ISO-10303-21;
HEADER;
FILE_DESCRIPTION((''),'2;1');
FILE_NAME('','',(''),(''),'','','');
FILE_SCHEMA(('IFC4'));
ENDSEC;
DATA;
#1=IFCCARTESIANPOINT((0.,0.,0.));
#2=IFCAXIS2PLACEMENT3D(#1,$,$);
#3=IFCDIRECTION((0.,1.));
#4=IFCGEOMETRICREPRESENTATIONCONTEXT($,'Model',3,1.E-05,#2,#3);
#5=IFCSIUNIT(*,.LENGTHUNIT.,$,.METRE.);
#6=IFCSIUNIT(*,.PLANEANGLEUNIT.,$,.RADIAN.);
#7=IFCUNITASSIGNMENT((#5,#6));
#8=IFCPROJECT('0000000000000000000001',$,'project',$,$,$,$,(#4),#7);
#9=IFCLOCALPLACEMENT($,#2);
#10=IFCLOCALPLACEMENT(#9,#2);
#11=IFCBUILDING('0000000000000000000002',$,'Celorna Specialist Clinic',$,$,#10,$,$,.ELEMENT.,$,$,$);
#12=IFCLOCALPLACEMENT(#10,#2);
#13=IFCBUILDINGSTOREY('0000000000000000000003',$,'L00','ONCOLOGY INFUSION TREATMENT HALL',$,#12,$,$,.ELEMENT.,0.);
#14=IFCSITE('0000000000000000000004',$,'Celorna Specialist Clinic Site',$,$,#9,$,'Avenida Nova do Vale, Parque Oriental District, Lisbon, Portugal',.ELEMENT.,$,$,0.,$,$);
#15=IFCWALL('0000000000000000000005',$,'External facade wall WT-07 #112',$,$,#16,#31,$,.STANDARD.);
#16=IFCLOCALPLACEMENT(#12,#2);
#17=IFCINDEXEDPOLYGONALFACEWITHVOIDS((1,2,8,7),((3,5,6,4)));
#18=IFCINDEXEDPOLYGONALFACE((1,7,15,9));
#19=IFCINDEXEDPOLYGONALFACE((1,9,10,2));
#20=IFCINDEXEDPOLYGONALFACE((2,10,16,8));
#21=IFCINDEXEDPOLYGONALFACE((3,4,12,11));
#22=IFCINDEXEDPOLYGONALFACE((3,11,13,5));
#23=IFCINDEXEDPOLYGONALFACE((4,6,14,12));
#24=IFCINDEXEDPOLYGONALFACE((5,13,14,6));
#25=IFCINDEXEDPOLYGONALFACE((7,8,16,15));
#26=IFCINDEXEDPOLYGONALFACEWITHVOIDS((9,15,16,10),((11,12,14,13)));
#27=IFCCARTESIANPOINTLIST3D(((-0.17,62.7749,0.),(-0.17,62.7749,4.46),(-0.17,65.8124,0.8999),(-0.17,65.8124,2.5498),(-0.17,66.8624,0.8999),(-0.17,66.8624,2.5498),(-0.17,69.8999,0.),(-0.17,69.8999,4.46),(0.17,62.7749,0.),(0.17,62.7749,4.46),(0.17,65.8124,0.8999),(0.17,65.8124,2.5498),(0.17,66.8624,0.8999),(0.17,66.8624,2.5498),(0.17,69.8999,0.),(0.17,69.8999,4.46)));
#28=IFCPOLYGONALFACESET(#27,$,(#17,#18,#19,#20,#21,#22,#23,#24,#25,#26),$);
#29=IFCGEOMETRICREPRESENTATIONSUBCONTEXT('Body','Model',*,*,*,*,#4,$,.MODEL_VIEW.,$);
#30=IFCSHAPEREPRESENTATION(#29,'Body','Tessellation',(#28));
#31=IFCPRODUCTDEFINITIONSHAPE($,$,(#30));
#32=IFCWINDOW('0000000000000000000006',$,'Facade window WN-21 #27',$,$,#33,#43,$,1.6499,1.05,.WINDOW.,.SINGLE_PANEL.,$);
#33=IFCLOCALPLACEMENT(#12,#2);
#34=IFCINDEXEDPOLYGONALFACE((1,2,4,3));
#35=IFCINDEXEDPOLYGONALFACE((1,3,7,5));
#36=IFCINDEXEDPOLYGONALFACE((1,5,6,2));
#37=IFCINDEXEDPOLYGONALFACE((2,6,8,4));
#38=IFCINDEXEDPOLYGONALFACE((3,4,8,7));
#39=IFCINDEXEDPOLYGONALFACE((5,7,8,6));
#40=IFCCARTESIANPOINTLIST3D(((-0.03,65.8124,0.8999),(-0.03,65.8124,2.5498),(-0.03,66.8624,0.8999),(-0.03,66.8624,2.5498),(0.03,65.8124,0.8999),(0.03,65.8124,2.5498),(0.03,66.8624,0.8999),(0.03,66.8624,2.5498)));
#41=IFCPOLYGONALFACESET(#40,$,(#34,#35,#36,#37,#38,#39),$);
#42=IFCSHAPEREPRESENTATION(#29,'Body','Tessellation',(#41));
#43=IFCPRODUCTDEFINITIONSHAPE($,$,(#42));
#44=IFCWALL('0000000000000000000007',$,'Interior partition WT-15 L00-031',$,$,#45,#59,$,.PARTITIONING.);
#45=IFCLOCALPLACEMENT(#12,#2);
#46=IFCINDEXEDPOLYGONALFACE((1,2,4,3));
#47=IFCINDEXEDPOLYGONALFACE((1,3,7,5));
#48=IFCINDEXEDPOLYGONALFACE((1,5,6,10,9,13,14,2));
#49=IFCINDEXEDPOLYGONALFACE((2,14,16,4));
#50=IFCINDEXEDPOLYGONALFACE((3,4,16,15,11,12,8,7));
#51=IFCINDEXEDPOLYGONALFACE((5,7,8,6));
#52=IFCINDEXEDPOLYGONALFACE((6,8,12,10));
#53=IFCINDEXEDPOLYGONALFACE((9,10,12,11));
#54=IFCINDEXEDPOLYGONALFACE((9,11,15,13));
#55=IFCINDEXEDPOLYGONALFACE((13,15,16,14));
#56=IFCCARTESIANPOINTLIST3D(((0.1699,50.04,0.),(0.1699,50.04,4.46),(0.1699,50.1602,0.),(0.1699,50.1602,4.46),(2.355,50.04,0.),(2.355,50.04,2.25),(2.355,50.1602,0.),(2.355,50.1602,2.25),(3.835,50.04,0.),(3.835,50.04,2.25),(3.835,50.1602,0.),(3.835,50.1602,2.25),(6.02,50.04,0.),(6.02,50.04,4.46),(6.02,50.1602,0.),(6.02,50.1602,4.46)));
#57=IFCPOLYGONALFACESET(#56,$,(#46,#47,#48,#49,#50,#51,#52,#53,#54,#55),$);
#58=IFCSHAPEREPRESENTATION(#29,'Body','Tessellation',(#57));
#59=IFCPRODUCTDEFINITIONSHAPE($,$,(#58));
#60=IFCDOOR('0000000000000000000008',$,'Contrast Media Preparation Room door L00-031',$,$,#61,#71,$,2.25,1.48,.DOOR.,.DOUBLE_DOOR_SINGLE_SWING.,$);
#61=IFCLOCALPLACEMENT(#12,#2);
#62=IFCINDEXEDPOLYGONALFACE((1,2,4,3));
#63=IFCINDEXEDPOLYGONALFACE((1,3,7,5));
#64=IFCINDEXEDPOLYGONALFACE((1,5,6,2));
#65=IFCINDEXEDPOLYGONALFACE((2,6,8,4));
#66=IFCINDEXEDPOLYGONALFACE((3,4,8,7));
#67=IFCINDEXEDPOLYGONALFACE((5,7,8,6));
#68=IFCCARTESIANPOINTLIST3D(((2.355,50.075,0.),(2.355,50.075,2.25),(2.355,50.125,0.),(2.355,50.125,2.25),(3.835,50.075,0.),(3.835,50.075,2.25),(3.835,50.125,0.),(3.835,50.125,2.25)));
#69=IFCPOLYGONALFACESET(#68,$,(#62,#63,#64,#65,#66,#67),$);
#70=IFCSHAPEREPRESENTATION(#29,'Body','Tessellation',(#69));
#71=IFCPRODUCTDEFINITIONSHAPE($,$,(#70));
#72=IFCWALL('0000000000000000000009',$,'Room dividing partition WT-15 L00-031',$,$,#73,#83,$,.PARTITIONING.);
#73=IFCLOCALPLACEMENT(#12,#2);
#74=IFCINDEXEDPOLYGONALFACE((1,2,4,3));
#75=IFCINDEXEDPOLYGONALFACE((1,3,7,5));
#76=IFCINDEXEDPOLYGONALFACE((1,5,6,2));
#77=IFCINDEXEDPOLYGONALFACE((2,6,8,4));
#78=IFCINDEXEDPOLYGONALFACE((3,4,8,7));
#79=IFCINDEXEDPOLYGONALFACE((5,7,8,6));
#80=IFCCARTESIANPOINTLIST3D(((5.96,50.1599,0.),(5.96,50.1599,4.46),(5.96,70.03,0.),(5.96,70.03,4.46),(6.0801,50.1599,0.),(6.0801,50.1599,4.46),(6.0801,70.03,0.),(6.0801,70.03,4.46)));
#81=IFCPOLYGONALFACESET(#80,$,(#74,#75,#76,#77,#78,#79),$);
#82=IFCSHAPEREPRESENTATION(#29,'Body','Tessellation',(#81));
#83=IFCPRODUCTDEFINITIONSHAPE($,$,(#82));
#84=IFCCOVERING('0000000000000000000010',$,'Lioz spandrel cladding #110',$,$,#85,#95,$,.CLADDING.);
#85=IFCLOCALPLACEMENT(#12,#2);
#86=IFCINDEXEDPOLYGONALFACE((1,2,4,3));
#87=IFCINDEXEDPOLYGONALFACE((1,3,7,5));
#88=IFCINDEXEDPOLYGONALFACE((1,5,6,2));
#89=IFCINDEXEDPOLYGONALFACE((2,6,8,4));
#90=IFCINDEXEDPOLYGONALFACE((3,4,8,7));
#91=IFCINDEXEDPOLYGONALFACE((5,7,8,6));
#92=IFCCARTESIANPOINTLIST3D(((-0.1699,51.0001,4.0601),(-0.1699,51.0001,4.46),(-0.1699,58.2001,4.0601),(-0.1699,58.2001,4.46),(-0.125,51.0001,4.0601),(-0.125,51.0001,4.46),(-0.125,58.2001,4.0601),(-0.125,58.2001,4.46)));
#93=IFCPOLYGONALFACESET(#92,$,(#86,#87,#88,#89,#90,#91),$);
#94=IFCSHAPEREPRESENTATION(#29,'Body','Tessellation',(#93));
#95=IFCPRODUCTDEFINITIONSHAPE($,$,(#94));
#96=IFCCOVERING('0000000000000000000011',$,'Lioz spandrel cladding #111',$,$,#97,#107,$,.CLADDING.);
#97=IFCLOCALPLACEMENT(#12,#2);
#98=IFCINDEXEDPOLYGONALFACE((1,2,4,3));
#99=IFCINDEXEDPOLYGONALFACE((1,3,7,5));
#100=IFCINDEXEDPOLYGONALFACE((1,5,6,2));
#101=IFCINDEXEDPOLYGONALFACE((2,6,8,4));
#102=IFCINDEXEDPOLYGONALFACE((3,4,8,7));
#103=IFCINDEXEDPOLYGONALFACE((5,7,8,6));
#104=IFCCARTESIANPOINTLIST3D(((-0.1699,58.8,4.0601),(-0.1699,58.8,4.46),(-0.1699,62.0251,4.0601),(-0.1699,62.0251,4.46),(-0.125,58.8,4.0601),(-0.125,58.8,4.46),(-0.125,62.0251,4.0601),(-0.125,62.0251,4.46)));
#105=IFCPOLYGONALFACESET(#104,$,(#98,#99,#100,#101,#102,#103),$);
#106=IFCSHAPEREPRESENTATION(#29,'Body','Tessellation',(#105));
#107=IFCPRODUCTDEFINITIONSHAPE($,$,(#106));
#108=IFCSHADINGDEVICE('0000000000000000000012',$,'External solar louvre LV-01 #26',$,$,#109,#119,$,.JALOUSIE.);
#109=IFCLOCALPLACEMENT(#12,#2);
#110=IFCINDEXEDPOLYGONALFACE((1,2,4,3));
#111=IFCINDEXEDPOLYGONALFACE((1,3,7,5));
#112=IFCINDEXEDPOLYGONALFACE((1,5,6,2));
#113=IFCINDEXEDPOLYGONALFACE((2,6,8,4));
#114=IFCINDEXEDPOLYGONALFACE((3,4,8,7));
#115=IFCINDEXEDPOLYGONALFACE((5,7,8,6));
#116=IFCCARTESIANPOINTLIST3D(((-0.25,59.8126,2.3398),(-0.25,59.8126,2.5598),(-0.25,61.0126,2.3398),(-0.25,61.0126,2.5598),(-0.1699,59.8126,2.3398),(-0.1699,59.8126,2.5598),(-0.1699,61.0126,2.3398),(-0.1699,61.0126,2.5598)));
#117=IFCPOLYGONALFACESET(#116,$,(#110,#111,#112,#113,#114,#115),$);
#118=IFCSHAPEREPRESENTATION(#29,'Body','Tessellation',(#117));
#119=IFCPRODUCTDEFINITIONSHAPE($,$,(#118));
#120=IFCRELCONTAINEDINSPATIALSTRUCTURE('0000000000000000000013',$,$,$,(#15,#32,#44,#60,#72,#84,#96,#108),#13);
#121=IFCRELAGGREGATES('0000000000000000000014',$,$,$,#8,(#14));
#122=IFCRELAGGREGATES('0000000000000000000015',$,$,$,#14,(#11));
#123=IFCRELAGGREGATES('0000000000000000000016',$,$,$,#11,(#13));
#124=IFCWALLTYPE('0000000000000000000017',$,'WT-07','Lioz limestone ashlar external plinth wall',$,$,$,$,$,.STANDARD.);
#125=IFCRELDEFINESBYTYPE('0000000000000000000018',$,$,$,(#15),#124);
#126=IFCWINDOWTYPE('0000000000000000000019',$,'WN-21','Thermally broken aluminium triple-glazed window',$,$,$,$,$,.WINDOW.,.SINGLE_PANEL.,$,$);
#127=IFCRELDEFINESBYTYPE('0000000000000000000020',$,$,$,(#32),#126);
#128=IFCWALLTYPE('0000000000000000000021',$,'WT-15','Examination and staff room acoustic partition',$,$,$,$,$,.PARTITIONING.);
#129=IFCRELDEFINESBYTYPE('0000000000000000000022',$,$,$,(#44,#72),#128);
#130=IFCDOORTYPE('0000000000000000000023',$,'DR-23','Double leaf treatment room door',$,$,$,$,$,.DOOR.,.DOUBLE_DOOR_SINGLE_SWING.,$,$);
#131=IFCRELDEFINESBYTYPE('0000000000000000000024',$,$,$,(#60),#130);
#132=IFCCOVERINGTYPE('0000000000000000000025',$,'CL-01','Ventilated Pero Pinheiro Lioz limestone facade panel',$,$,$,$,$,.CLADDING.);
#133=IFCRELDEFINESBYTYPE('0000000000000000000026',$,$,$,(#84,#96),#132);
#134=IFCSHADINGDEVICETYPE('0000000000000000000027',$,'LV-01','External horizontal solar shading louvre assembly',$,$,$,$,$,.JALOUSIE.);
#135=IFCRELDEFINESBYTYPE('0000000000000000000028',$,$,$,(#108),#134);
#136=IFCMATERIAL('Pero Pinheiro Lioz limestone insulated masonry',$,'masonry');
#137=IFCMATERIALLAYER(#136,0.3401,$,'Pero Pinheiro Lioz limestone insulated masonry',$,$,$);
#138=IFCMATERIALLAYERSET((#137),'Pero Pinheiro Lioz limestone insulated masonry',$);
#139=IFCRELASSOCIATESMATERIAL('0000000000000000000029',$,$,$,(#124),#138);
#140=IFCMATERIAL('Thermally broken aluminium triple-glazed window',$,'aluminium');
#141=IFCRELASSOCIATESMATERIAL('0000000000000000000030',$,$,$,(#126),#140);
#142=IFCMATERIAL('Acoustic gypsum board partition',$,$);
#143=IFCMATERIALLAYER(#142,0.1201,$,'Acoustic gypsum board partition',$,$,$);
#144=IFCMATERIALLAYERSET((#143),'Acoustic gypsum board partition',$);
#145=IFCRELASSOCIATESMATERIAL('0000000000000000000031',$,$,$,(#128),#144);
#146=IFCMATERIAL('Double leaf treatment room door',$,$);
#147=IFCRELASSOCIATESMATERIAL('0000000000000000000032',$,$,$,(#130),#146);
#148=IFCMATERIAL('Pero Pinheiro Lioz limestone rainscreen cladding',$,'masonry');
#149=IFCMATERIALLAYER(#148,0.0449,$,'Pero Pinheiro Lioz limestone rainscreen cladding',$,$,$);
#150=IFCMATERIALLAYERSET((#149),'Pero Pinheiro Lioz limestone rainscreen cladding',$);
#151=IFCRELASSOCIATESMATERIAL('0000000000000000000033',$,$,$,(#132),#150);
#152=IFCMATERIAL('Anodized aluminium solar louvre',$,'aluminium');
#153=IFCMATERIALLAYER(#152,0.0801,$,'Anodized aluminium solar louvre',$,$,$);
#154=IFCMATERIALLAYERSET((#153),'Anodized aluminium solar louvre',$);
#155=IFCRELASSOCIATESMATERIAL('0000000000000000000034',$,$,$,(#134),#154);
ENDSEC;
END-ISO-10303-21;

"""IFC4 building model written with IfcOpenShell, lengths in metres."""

from ifc_helpers import new_model, si_unit, direction, frame, frame_2d, origin, origin_2d, place, context, subcontext, project, spatial, rectangle, extrude, material, layer, layer_set, type_object, element, fill, save


model = new_model("IFC4")

# Units and contexts
model_context = context("Model", 3, precision=1e-05, world=origin(), true_north=direction((0.0, 1.0)))
body_context = subcontext(model_context, "Body", "Model", "MODEL_VIEW")
ifc_project = project(units=[si_unit("LENGTHUNIT", "METRE"), si_unit("PLANEANGLEUNIT", "RADIAN")], contexts=[model_context])

# Site, building, storey
site_placement = place(None, origin())
site = spatial("IfcSite", under=ifc_project, at=site_placement, Name="Celorna Specialist Clinic Site", LongName="Avenida Nova do Vale, Parque Oriental District, Lisbon, Portugal", CompositionType="ELEMENT", RefElevation=0.0)
building_placement = place(site_placement, origin())
building = spatial("IfcBuilding", under=site, at=building_placement, Name="Celorna Specialist Clinic", CompositionType="ELEMENT")
storey_placement = place(building_placement, origin())
storey = spatial("IfcBuildingStorey", under=building, at=storey_placement, Name="L00", Description="ONCOLOGY INFUSION TREATMENT HALL", CompositionType="ELEMENT", Elevation=0.0)

# Shared definitions
ifc_material_1 = material(Name="Pero Pinheiro Lioz limestone insulated masonry", Category="masonry")
ifc_layer_1 = layer(ifc_material_1, 0.3401, Name="Pero Pinheiro Lioz limestone insulated masonry")
ifc_layer_set_1 = layer_set([ifc_layer_1], Name="Pero Pinheiro Lioz limestone insulated masonry")
wall_type_1 = type_object("IfcWallType", Name="WT-07", Description="Lioz limestone ashlar external plinth wall", PredefinedType="STANDARD", material=ifc_layer_set_1)

# Wall, opening, window
ifc_material_2 = material(Name="Thermally broken aluminium triple-glazed window", Category="aluminium")
wall_1_placement = place(storey_placement, frame((0.0, 62.7749, 0.0), z_axis=(0.0, 0.0, 1.0), x_axis=(0.0, 1.0, 0.0)))
wall_1 = element("IfcWall", 1, at=wall_1_placement, inside=storey, type_object=wall_type_1, Name="External facade wall WT-07 #112", PredefinedType="STANDARD", context=body_context, shape_type="SweptSolid", body=[
    extrude(rectangle(XDim=7.125, YDim=0.3401, at=frame_2d((3.5625, 0.0))), origin(), (0.0, 0.0, 1.0), 4.46),
])
opening_1_placement = place(wall_1_placement, frame((3.0376, 0.0, 0.8999)))
opening_1 = element("IfcOpeningElement", 2, at=opening_1_placement, cuts=wall_1, PredefinedType="OPENING", context=body_context, shape_type="SweptSolid", body=[
    extrude(rectangle(XDim=1.05, YDim=1.6499, at=frame_2d((0.5249, 0.825))), frame((0.0, 0.1799, 0.0), z_axis=(0.0, -1.0, 0.0), x_axis=(1.0, 0.0, 0.0)), (0.0, 0.0, 1.0), 0.3601),
])
window_type_1 = type_object("IfcWindowType", Name="WN-21", Description="Thermally broken aluminium triple-glazed window", PartitioningType="SINGLE_PANEL", PredefinedType="WINDOW", material=ifc_material_2)
window_1_placement = place(opening_1_placement, origin())
window_1 = element("IfcWindow", 3, at=window_1_placement, inside=storey, type_object=window_type_1, Name="Facade window WN-21 #27", OverallHeight=1.6499, OverallWidth=1.05, PartitioningType="SINGLE_PANEL", PredefinedType="WINDOW", context=body_context, shape_type="SweptSolid", body=[
    extrude(rectangle(XDim=1.05, YDim=1.6499, at=frame_2d((0.5249, 0.825))), frame((0.0, 0.03, 0.0), z_axis=(0.0, -1.0, 0.0), x_axis=(1.0, 0.0, 0.0)), (0.0, 0.0, 1.0), 0.0601),
])
fill(opening_1, window_1)

# Wall, opening, door
ifc_material_3 = material(Name="Acoustic gypsum board partition")
ifc_layer_2 = layer(ifc_material_3, 0.1201, Name="Acoustic gypsum board partition")
ifc_layer_set_2 = layer_set([ifc_layer_2], Name="Acoustic gypsum board partition")
wall_type_2 = type_object("IfcWallType", Name="WT-15", Description="Examination and staff room acoustic partition", PredefinedType="PARTITIONING", material=ifc_layer_set_2)
wall_2_placement = place(storey_placement, frame((0.1699, 50.1001, 0.0), z_axis=(0.0, 0.0, 1.0), x_axis=(1.0, 0.0, 0.0)))
wall_2 = element("IfcWall", 4, at=wall_2_placement, inside=storey, type_object=wall_type_2, Name="Interior partition WT-15 L00-031", PredefinedType="PARTITIONING", context=body_context, shape_type="SweptSolid", body=[
    extrude(rectangle(XDim=5.8501, YDim=0.1201, at=frame_2d((2.925, 0.0))), origin(), (0.0, 0.0, 1.0), 4.46),
])
opening_2_placement = place(wall_2_placement, frame((2.1851, 0.0, 0.0)))
opening_2 = element("IfcOpeningElement", 5, at=opening_2_placement, cuts=wall_2, PredefinedType="OPENING", context=body_context, shape_type="SweptSolid", body=[
    extrude(rectangle(XDim=1.48, YDim=2.25, at=frame_2d((0.74, 1.125))), frame((0.0, 0.0701, 0.0), z_axis=(0.0, -1.0, 0.0), x_axis=(1.0, 0.0, 0.0)), (0.0, 0.0, 1.0), 0.1401),
])
ifc_material_4 = material(Name="Double leaf treatment room door")
door_type = type_object("IfcDoorType", Name="DR-23", Description="Double leaf treatment room door", OperationType="DOUBLE_DOOR_SINGLE_SWING", PredefinedType="DOOR", material=ifc_material_4)
door_placement = place(opening_2_placement, origin())
door = element("IfcDoor", 6, at=door_placement, inside=storey, type_object=door_type, Name="Contrast Media Preparation Room door L00-031", OperationType="DOUBLE_DOOR_SINGLE_SWING", OverallHeight=2.25, OverallWidth=1.48, PredefinedType="DOOR", context=body_context, shape_type="SweptSolid", body=[
    extrude(rectangle(XDim=1.48, YDim=2.25, at=frame_2d((0.74, 1.125))), frame((0.0, 0.0249, 0.0), z_axis=(0.0, -1.0, 0.0), x_axis=(1.0, 0.0, 0.0)), (0.0, 0.0, 1.0), 0.05),
])
fill(opening_2, door)

# Wall
wall_3_placement = place(storey_placement, frame((6.02, 50.1599, 0.0), z_axis=(0.0, 0.0, 1.0), x_axis=(0.0, 1.0, 0.0)))
element("IfcWall", 7, at=wall_3_placement, inside=storey, type_object=wall_type_2, Name="Room dividing partition WT-15 L00-031", PredefinedType="PARTITIONING", context=body_context, shape_type="SweptSolid", body=[
    extrude(rectangle(XDim=19.8701, YDim=0.1201, at=frame_2d((9.9351, 0.0))), origin(), (0.0, 0.0, 1.0), 4.46),
])

# Coverings
ifc_material_5 = material(Name="Pero Pinheiro Lioz limestone rainscreen cladding", Category="masonry")
ifc_layer_3 = layer(ifc_material_5, 0.0449, Name="Pero Pinheiro Lioz limestone rainscreen cladding")
ifc_layer_set_3 = layer_set([ifc_layer_3], Name="Pero Pinheiro Lioz limestone rainscreen cladding")
covering_type = type_object("IfcCoveringType", Name="CL-01", Description="Ventilated Pero Pinheiro Lioz limestone facade panel", PredefinedType="CLADDING", material=ifc_layer_set_3)
covering_1_placement = place(storey_placement, frame((-0.1475, 54.6001, 4.0601), z_axis=(0.0, 0.0, 1.0), x_axis=(0.0, 1.0, 0.0)))
element("IfcCovering", 8, at=covering_1_placement, inside=storey, type_object=covering_type, Name="Lioz spandrel cladding #110", PredefinedType="CLADDING", context=body_context, shape_type="SweptSolid", body=[
    extrude(rectangle(XDim=7.2, YDim=0.0449, at=origin_2d()), origin(), (0.0, 0.0, 1.0), 0.3999),
])
covering_2_placement = place(storey_placement, frame((-0.1475, 60.4126, 4.0601), z_axis=(0.0, 0.0, 1.0), x_axis=(0.0, 1.0, 0.0)))
element("IfcCovering", 9, at=covering_2_placement, inside=storey, type_object=covering_type, Name="Lioz spandrel cladding #111", PredefinedType="CLADDING", context=body_context, shape_type="SweptSolid", body=[
    extrude(rectangle(XDim=3.2251, YDim=0.0449, at=origin_2d()), origin(), (0.0, 0.0, 1.0), 0.3999),
])

# Shading device
ifc_material_6 = material(Name="Anodized aluminium solar louvre", Category="aluminium")
ifc_layer_4 = layer(ifc_material_6, 0.0801, Name="Anodized aluminium solar louvre")
ifc_layer_set_4 = layer_set([ifc_layer_4], Name="Anodized aluminium solar louvre")
shading_device_type = type_object("IfcShadingDeviceType", Name="LV-01", Description="External horizontal solar shading louvre assembly", PredefinedType="JALOUSIE", material=ifc_layer_set_4)
shading_device_placement = place(storey_placement, frame((-0.21, 60.4126, 2.3398), z_axis=(0.0, 0.0, 1.0), x_axis=(0.0, 1.0, 0.0)))
element("IfcShadingDevice", 10, at=shading_device_placement, inside=storey, type_object=shading_device_type, Name="External solar louvre LV-01 #26", PredefinedType="JALOUSIE", context=body_context, shape_type="SweptSolid", body=[
    extrude(rectangle(XDim=1.2, YDim=0.0801, at=origin_2d()), origin(), (0.0, 0.0, 1.0), 0.22),
])

save(model, "model.ifc")
